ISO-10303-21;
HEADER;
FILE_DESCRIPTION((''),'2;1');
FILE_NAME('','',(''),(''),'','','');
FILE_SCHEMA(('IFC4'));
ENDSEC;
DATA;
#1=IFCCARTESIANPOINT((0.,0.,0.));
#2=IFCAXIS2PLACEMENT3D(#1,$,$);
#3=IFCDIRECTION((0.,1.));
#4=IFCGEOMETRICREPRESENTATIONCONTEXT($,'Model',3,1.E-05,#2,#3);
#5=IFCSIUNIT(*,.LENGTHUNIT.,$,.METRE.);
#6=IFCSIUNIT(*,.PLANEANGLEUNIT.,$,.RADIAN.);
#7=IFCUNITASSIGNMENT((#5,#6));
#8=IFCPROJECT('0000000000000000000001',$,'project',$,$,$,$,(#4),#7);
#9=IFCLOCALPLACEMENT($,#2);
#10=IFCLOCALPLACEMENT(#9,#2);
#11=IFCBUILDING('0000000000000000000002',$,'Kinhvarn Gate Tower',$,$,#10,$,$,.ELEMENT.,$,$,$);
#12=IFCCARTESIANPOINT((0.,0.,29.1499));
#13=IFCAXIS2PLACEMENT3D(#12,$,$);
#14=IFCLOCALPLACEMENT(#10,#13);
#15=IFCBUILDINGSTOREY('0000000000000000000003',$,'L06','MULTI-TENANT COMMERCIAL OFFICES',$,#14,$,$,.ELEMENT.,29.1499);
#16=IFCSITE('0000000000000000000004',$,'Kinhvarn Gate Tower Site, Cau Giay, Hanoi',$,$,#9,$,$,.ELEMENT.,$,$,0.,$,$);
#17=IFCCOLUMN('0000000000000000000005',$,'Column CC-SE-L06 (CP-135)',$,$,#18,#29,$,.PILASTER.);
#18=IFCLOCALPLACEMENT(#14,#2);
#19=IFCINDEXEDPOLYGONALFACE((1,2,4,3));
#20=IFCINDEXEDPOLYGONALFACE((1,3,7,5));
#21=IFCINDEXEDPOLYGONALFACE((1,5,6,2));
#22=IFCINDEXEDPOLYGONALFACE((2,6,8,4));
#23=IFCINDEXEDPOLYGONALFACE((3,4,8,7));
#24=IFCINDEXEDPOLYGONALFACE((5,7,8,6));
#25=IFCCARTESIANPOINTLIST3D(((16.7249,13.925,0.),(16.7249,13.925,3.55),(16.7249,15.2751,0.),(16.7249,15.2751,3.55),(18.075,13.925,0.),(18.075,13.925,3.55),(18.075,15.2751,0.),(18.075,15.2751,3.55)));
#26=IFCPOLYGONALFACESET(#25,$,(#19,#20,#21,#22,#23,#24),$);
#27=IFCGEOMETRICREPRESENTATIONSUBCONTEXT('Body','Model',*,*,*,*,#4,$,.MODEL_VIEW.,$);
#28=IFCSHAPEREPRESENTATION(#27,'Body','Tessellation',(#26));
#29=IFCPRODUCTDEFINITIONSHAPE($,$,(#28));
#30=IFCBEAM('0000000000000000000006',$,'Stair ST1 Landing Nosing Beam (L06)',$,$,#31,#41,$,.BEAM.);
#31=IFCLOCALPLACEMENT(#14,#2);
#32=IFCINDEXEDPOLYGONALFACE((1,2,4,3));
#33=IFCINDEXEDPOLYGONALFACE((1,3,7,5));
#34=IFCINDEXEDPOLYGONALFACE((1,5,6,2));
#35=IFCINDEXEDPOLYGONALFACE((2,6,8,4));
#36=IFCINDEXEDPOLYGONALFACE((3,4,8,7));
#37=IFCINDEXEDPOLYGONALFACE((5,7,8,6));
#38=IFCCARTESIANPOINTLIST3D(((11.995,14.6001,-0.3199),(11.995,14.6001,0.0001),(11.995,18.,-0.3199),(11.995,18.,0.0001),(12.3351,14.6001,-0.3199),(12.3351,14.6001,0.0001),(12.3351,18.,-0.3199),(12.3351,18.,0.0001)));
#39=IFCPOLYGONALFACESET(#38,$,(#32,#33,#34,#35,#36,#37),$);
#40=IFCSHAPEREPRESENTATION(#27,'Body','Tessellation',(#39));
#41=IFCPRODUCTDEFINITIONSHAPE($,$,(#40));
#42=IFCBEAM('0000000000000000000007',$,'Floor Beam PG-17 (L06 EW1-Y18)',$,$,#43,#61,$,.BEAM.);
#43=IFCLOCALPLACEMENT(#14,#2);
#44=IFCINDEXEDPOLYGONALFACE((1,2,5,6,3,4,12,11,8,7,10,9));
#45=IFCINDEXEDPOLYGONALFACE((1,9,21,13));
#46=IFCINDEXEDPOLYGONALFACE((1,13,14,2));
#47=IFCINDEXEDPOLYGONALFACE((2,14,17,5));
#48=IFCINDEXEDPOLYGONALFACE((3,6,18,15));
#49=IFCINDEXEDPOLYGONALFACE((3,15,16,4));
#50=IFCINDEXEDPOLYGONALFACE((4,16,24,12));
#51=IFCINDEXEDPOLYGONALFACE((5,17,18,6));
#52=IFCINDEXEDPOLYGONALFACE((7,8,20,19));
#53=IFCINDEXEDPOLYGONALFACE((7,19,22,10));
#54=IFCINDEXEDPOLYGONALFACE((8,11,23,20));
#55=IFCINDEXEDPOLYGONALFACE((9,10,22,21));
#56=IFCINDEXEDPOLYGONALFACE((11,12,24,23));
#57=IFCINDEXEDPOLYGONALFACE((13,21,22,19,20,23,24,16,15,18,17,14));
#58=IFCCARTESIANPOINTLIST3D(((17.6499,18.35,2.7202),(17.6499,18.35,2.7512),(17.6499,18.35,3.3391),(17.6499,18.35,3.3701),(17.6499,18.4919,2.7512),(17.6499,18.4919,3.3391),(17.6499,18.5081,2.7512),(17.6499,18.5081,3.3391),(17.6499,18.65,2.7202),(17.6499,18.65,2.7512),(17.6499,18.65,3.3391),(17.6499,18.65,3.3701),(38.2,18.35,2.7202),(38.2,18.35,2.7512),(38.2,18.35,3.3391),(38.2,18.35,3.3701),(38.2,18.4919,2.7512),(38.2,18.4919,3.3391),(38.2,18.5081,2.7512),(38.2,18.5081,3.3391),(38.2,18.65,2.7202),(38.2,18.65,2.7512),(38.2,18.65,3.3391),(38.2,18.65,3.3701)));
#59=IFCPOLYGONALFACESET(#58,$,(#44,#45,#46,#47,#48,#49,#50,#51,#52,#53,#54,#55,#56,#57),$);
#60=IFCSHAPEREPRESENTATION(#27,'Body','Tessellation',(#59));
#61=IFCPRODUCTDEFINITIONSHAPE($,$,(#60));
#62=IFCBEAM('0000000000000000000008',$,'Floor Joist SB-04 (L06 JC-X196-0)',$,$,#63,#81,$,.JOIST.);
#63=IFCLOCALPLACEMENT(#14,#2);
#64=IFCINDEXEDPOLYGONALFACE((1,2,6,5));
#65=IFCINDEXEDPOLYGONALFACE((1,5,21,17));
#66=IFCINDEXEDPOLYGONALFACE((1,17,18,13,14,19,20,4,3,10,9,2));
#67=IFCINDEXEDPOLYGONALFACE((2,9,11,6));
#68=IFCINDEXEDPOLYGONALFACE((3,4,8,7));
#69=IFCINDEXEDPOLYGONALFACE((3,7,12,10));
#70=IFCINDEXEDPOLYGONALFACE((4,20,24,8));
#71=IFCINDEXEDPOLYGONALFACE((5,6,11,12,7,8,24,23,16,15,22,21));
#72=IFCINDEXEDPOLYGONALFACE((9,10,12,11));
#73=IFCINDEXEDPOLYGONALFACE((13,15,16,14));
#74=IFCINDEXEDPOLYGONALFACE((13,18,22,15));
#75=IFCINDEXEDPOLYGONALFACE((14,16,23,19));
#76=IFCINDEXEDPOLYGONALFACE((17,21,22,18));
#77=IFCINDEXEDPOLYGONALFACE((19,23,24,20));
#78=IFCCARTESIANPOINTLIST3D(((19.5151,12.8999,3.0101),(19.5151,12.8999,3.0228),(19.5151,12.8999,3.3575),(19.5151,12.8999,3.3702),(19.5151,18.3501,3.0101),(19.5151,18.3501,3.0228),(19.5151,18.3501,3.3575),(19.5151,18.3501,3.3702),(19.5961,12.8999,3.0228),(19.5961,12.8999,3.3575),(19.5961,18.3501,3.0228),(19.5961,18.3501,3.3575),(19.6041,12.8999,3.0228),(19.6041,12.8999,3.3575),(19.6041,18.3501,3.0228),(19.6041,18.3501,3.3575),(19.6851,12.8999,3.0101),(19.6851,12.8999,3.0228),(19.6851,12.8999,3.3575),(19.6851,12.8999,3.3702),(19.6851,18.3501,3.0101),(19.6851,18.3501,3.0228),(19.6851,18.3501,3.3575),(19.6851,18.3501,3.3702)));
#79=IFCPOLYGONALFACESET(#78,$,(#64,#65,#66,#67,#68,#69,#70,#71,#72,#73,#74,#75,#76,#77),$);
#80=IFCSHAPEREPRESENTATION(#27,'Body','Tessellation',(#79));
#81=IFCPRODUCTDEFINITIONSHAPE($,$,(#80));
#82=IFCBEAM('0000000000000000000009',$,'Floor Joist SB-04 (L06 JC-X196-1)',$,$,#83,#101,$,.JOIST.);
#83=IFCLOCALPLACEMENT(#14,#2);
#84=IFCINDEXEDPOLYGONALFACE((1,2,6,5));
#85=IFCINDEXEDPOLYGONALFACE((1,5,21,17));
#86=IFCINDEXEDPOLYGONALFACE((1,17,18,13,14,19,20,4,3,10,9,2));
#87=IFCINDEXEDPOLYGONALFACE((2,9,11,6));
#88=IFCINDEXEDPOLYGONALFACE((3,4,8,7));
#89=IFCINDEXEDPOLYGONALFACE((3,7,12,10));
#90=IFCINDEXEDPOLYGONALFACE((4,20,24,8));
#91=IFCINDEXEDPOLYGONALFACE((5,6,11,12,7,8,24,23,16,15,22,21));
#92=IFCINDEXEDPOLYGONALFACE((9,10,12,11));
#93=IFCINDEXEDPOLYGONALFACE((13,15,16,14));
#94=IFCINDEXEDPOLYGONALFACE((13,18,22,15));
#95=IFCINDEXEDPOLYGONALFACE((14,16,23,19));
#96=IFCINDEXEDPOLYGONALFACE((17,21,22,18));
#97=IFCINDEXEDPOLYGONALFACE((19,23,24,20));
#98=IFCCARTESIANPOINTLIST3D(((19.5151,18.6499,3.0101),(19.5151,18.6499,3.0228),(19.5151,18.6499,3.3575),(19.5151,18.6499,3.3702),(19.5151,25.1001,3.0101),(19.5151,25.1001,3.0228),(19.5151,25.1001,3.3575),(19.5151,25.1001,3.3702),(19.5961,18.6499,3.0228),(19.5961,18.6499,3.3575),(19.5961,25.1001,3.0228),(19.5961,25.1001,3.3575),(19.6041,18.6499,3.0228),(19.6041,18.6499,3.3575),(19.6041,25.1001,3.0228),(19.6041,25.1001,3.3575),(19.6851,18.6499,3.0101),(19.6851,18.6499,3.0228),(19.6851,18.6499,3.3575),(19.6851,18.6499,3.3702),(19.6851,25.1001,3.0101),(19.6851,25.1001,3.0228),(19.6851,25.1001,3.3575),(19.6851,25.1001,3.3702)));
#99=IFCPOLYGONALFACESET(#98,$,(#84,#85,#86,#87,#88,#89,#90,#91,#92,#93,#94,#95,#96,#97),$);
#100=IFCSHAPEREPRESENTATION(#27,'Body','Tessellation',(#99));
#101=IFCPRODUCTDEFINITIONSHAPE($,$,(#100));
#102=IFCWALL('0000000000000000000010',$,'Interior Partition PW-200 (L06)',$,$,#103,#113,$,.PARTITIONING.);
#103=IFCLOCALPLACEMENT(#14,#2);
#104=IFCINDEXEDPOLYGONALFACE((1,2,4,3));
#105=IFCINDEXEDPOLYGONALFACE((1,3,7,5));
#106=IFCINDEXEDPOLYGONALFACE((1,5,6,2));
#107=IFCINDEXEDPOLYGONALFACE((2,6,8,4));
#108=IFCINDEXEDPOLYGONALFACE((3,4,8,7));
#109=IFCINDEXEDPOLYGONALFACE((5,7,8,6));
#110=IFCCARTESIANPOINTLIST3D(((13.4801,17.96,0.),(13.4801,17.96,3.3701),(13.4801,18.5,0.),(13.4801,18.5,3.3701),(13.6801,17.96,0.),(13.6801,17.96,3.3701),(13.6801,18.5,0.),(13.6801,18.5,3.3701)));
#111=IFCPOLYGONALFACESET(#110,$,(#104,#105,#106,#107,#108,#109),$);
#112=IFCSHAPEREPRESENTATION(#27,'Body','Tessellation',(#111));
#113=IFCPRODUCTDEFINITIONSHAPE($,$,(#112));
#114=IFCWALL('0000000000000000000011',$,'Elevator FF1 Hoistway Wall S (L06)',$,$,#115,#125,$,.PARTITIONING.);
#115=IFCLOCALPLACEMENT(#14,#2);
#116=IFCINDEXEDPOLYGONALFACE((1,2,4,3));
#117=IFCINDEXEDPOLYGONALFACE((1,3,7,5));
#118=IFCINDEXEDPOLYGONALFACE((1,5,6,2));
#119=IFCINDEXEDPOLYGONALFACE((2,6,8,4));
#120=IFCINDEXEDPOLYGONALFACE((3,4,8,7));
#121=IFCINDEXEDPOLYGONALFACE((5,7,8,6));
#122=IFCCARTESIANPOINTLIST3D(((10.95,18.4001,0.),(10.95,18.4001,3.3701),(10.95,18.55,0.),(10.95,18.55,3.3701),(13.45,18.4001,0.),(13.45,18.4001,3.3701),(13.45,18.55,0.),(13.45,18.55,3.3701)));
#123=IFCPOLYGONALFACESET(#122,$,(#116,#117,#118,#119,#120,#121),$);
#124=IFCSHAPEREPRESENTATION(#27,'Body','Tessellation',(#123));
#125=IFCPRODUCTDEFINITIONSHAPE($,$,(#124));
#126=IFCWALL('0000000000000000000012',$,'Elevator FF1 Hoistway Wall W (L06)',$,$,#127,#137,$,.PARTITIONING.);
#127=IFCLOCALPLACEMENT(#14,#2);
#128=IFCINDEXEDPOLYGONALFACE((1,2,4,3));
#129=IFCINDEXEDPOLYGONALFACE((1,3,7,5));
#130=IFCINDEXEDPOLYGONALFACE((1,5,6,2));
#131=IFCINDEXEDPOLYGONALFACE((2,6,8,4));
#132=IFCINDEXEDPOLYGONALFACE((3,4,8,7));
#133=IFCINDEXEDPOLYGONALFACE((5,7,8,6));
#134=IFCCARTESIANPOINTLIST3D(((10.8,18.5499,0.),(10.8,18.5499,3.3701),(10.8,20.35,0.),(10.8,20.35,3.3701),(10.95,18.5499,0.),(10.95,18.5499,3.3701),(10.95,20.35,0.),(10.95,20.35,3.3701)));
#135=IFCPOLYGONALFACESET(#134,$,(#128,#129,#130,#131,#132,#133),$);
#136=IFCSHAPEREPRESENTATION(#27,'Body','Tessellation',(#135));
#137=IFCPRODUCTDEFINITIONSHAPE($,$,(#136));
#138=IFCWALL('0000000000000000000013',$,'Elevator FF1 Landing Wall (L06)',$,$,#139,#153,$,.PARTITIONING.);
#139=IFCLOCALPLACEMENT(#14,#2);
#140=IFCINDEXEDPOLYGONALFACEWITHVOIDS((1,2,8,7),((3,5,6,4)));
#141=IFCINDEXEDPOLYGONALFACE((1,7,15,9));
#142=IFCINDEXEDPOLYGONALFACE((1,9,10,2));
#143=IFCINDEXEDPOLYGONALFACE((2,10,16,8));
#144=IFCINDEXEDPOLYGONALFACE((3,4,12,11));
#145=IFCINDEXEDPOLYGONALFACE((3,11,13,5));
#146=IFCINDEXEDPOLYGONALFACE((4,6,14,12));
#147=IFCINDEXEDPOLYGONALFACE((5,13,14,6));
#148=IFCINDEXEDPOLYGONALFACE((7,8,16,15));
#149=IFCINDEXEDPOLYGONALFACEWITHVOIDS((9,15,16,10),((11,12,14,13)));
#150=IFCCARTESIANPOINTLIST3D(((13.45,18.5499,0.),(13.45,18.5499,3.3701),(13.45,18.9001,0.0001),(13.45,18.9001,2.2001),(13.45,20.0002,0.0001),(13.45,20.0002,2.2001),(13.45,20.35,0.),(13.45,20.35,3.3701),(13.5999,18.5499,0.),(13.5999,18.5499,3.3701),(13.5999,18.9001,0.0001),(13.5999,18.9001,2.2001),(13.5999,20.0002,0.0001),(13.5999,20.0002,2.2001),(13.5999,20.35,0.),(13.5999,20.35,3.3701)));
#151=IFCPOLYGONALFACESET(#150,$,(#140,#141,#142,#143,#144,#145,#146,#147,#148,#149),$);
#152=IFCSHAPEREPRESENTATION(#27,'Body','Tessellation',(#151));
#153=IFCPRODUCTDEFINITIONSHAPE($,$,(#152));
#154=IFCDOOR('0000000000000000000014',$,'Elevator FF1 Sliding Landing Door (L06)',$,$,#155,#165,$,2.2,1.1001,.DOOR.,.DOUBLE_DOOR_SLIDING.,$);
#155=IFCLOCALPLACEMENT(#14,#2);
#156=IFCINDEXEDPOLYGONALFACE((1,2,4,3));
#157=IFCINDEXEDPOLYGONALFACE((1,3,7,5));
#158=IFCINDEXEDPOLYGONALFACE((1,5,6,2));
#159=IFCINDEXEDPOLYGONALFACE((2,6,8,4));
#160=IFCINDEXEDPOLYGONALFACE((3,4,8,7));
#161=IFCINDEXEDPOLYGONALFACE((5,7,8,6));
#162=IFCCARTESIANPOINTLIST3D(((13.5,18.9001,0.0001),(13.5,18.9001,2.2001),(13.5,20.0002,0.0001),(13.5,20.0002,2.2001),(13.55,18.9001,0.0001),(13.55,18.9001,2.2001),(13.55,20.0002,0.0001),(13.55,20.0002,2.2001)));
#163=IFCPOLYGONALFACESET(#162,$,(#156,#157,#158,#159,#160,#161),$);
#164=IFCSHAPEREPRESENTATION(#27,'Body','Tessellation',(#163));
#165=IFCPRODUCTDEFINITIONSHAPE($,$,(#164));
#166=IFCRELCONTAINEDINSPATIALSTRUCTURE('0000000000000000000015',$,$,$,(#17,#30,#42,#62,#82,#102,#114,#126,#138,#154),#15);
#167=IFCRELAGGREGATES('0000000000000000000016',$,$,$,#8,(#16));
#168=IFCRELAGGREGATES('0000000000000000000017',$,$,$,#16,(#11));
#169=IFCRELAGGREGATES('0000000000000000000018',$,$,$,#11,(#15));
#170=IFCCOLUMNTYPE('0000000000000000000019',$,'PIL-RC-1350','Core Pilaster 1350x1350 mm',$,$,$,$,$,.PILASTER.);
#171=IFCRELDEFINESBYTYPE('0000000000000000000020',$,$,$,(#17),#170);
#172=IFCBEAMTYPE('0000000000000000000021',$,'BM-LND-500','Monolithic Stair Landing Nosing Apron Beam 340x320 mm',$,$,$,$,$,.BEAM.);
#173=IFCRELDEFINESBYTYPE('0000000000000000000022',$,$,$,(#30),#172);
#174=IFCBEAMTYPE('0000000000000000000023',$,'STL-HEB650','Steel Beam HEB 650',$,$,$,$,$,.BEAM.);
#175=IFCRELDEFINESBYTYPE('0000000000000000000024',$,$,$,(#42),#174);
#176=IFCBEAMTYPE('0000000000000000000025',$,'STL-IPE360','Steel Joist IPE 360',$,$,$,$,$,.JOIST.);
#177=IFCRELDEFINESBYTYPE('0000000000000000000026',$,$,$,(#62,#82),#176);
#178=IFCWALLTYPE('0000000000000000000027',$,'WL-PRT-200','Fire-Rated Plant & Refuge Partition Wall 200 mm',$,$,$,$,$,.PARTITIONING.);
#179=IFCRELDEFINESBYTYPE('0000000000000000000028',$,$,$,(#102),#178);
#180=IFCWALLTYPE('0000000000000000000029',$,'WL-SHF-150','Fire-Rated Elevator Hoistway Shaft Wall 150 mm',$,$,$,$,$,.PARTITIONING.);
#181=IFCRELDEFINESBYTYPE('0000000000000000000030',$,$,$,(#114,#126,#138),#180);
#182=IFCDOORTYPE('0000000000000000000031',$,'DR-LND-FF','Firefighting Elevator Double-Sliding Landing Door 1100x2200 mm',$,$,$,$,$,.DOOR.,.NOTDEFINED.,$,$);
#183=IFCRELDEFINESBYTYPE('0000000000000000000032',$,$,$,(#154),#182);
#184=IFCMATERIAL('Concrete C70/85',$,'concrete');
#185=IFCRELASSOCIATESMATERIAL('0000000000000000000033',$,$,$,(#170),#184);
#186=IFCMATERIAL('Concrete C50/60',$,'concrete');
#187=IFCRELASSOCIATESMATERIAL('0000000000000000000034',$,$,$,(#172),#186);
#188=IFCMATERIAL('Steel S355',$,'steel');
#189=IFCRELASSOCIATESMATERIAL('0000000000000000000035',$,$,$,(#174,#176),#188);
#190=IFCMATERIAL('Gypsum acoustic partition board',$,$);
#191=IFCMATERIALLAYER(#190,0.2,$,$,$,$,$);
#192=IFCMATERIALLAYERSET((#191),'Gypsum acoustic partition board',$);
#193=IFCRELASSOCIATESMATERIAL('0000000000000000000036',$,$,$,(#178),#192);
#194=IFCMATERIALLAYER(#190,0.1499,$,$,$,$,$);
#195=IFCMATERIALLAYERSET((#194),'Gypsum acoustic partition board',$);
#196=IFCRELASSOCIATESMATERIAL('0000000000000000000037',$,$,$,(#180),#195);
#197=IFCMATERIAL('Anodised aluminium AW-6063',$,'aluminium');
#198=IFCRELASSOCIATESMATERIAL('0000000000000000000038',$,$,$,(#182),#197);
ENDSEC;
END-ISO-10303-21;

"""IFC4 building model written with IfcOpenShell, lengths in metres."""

from ifc_helpers import new_model, si_unit, direction, frame, frame_2d, origin, origin_2d, place, context, subcontext, project, spatial, rectangle, i_section, extrude, material, layer, layer_set, material_profile, profile_set, type_object, element, fill, save


model = new_model("IFC4")

# Units and contexts
model_context = context("Model", 3, precision=1e-05, world=origin(), true_north=direction((0.0, 1.0)))
body_context = subcontext(model_context, "Body", "Model", "MODEL_VIEW")
ifc_project = project(units=[si_unit("LENGTHUNIT", "METRE"), si_unit("PLANEANGLEUNIT", "RADIAN")], contexts=[model_context])

# Site, building, storey
site_placement = place(None, origin())
site = spatial("IfcSite", under=ifc_project, at=site_placement, Name="Kinhvarn Gate Tower Site, Cau Giay, Hanoi", CompositionType="ELEMENT", RefElevation=0.0)
building_placement = place(site_placement, origin())
building = spatial("IfcBuilding", under=site, at=building_placement, Name="Kinhvarn Gate Tower", CompositionType="ELEMENT")
storey_placement = place(building_placement, frame((0.0, 0.0, 29.1499)))
storey = spatial("IfcBuildingStorey", under=building, at=storey_placement, Name="L06", Description="MULTI-TENANT COMMERCIAL OFFICES", CompositionType="ELEMENT", Elevation=29.1499)

# Column
ifc_material_1 = material(Name="Concrete C70/85", Category="concrete")
ifc_material_profile_1 = material_profile(ifc_material_1, rectangle(XDim=1.3501, YDim=1.3501, at=origin_2d()), Name="RC 1350x1350")
ifc_profile_set_1 = profile_set([ifc_material_profile_1], Name="Concrete C70/85")
column_type = type_object("IfcColumnType", Name="PIL-RC-1350", Description="Core Pilaster 1350x1350 mm", PredefinedType="PILASTER", material=ifc_profile_set_1)
column_placement = place(storey_placement, frame((17.3999, 14.6001, 0.0), z_axis=(0.0, 0.0, 1.0), x_axis=(1.0, 0.0, 0.0)))
element("IfcColumn", 1, at=column_placement, inside=storey, type_object=column_type, Name="Column CC-SE-L06 (CP-135)", PredefinedType="PILASTER", context=body_context, shape_type="SweptSolid", body=[
    extrude(rectangle(XDim=1.3501, YDim=1.3501, at=origin_2d()), origin(), (0.0, 0.0, 1.0), 3.55),
])

# Beams
ifc_material_2 = material(Name="Concrete C50/60", Category="concrete")
ifc_material_profile_2 = material_profile(ifc_material_2, rectangle(XDim=0.3401, YDim=0.3201, at=origin_2d()), Name="RC 340x320")
ifc_profile_set_2 = profile_set([ifc_material_profile_2], Name="Concrete C50/60")
beam_type_1 = type_object("IfcBeamType", Name="BM-LND-500", Description="Monolithic Stair Landing Nosing Apron Beam 340x320 mm", PredefinedType="BEAM", material=ifc_profile_set_2)
beam_1_placement = place(storey_placement, frame((12.165, 14.6001, -0.1599), z_axis=(0.0, 1.0, 0.0), x_axis=(-1.0, 0.0, 0.0)))
element("IfcBeam", 2, at=beam_1_placement, inside=storey, type_object=beam_type_1, Name="Stair ST1 Landing Nosing Beam (L06)", PredefinedType="BEAM", context=body_context, shape_type="SweptSolid", body=[
    extrude(rectangle(XDim=0.3401, YDim=0.3201, at=origin_2d()), origin(), (0.0, 0.0, 1.0), 3.3999),
])
ifc_material_3 = material(Name="Steel S355", Category="steel")
ifc_material_profile_3 = material_profile(ifc_material_3, i_section(OverallWidth=0.3, OverallDepth=0.6499, WebThickness=0.0161, FlangeThickness=0.031, at=origin_2d()), Name="HEB 650")
ifc_profile_set_3 = profile_set([ifc_material_profile_3], Name="Steel S355")
beam_type_2 = type_object("IfcBeamType", Name="STL-HEB650", Description="Steel Beam HEB 650", PredefinedType="BEAM", material=ifc_profile_set_3)
beam_2_placement = place(storey_placement, frame((17.6499, 18.5, 3.0452), z_axis=(1.0, 0.0, 0.0), x_axis=(0.0, 1.0, 0.0)))
element("IfcBeam", 3, at=beam_2_placement, inside=storey, type_object=beam_type_2, Name="Floor Beam PG-17 (L06 EW1-Y18)", PredefinedType="BEAM", context=body_context, shape_type="SweptSolid", body=[
    extrude(i_section(OverallWidth=0.3, OverallDepth=0.6499, WebThickness=0.0161, FlangeThickness=0.031, at=origin_2d()), origin(), (0.0, 0.0, 1.0), 20.55),
])
ifc_material_profile_4 = material_profile(ifc_material_3, i_section(OverallWidth=0.1699, OverallDepth=0.3601, WebThickness=0.0081, FlangeThickness=0.0127, at=origin_2d()), Name="IPE 360")
ifc_profile_set_4 = profile_set([ifc_material_profile_4], Name="Steel S355")
beam_type_3 = type_object("IfcBeamType", Name="STL-IPE360", Description="Steel Joist IPE 360", PredefinedType="JOIST", material=ifc_profile_set_4)
beam_3_placement = place(storey_placement, frame((19.6001, 12.8999, 3.1902), z_axis=(0.0, 1.0, 0.0), x_axis=(-1.0, 0.0, 0.0)))
element("IfcBeam", 4, at=beam_3_placement, inside=storey, type_object=beam_type_3, Name="Floor Joist SB-04 (L06 JC-X196-0)", PredefinedType="JOIST", context=body_context, shape_type="SweptSolid", body=[
    extrude(i_section(OverallWidth=0.1699, OverallDepth=0.3601, WebThickness=0.0081, FlangeThickness=0.0127, at=origin_2d()), origin(), (0.0, 0.0, 1.0), 5.4502),
])
beam_4_placement = place(storey_placement, frame((19.6001, 18.6499, 3.1902), z_axis=(0.0, 1.0, 0.0), x_axis=(-1.0, 0.0, 0.0)))
element("IfcBeam", 5, at=beam_4_placement, inside=storey, type_object=beam_type_3, Name="Floor Joist SB-04 (L06 JC-X196-1)", PredefinedType="JOIST", context=body_context, shape_type="SweptSolid", body=[
    extrude(i_section(OverallWidth=0.1699, OverallDepth=0.3601, WebThickness=0.0081, FlangeThickness=0.0127, at=origin_2d()), origin(), (0.0, 0.0, 1.0), 6.4502),
])

# Shared definitions
ifc_material_4 = material(Name="Anodised aluminium AW-6063", Category="aluminium")

# Walls
ifc_material_5 = material(Name="Gypsum acoustic partition board")
ifc_layer_1 = layer(ifc_material_5, 0.2)
ifc_layer_set_1 = layer_set([ifc_layer_1], Name="Gypsum acoustic partition board")
wall_type_1 = type_object("IfcWallType", Name="WL-PRT-200", Description="Fire-Rated Plant & Refuge Partition Wall 200 mm", PredefinedType="PARTITIONING", material=ifc_layer_set_1)
wall_1_placement = place(storey_placement, frame((13.5801, 17.96, 0.0), z_axis=(0.0, 0.0, 1.0), x_axis=(0.0, 1.0, 0.0)))
element("IfcWall", 6, at=wall_1_placement, inside=storey, type_object=wall_type_1, Name="Interior Partition PW-200 (L06)", PredefinedType="PARTITIONING", context=body_context, shape_type="SweptSolid", body=[
    extrude(rectangle(XDim=0.54, YDim=0.2, at=frame_2d((0.27, 0.0))), origin(), (0.0, 0.0, 1.0), 3.3701),
])
ifc_layer_2 = layer(ifc_material_5, 0.1499)
ifc_layer_set_2 = layer_set([ifc_layer_2], Name="Gypsum acoustic partition board")
wall_type_2 = type_object("IfcWallType", Name="WL-SHF-150", Description="Fire-Rated Elevator Hoistway Shaft Wall 150 mm", PredefinedType="PARTITIONING", material=ifc_layer_set_2)
wall_2_placement = place(storey_placement, frame((10.95, 18.4751, 0.0), z_axis=(0.0, 0.0, 1.0), x_axis=(1.0, 0.0, 0.0)))
element("IfcWall", 7, at=wall_2_placement, inside=storey, type_object=wall_type_2, Name="Elevator FF1 Hoistway Wall S (L06)", PredefinedType="PARTITIONING", context=body_context, shape_type="SweptSolid", body=[
    extrude(rectangle(XDim=2.5, YDim=0.1499, at=frame_2d((1.25, 0.0))), origin(), (0.0, 0.0, 1.0), 3.3701),
])
wall_3_placement = place(storey_placement, frame((10.875, 18.55, 0.0), z_axis=(0.0, 0.0, 1.0), x_axis=(0.0, 1.0, 0.0)))
element("IfcWall", 8, at=wall_3_placement, inside=storey, type_object=wall_type_2, Name="Elevator FF1 Hoistway Wall W (L06)", PredefinedType="PARTITIONING", context=body_context, shape_type="SweptSolid", body=[
    extrude(rectangle(XDim=1.8, YDim=0.1499, at=frame_2d((0.8999, 0.0))), origin(), (0.0, 0.0, 1.0), 3.3701),
])

# Wall, opening, door
wall_4_placement = place(storey_placement, frame((13.5249, 18.55, 0.0), z_axis=(0.0, 0.0, 1.0), x_axis=(0.0, 1.0, 0.0)))
wall_4 = element("IfcWall", 9, at=wall_4_placement, inside=storey, type_object=wall_type_2, Name="Elevator FF1 Landing Wall (L06)", PredefinedType="PARTITIONING", context=body_context, shape_type="SweptSolid", body=[
    extrude(rectangle(XDim=1.8, YDim=0.1499, at=frame_2d((0.8999, 0.0))), origin(), (0.0, 0.0, 1.0), 3.3701),
])
opening_1_placement = place(wall_4_placement, frame((0.3501, 0.0, 0.0)))
opening_1 = element("IfcOpeningElement", 10, at=opening_1_placement, cuts=wall_4, PredefinedType="OPENING", context=body_context, shape_type="SweptSolid", body=[
    extrude(rectangle(XDim=1.1001, YDim=2.2, at=frame_2d((0.55, 1.1001))), frame((0.0, 0.085, 0.0), z_axis=(0.0, -1.0, 0.0), x_axis=(1.0, 0.0, 0.0)), (0.0, 0.0, 1.0), 0.1699),
])
door_type_1 = type_object("IfcDoorType", Name="DR-LND-FF", Description="Firefighting Elevator Double-Sliding Landing Door 1100x2200 mm", OperationType="NOTDEFINED", PredefinedType="DOOR", material=ifc_material_4)
door_1_placement = place(opening_1_placement, origin())
door_1 = element("IfcDoor", 11, at=door_1_placement, inside=storey, type_object=door_type_1, Name="Elevator FF1 Sliding Landing Door (L06)", OperationType="DOUBLE_DOOR_SLIDING", OverallHeight=2.2, OverallWidth=1.1001, PredefinedType="DOOR", context=body_context, shape_type="SweptSolid", body=[
    extrude(rectangle(XDim=1.1001, YDim=2.2, at=frame_2d((0.55, 1.1001))), frame((0.0, 0.0249, 0.0), z_axis=(0.0, -1.0, 0.0), x_axis=(1.0, 0.0, 0.0)), (0.0, 0.0, 1.0), 0.05),
])
fill(opening_1, door_1)

save(model, "model.ifc")
